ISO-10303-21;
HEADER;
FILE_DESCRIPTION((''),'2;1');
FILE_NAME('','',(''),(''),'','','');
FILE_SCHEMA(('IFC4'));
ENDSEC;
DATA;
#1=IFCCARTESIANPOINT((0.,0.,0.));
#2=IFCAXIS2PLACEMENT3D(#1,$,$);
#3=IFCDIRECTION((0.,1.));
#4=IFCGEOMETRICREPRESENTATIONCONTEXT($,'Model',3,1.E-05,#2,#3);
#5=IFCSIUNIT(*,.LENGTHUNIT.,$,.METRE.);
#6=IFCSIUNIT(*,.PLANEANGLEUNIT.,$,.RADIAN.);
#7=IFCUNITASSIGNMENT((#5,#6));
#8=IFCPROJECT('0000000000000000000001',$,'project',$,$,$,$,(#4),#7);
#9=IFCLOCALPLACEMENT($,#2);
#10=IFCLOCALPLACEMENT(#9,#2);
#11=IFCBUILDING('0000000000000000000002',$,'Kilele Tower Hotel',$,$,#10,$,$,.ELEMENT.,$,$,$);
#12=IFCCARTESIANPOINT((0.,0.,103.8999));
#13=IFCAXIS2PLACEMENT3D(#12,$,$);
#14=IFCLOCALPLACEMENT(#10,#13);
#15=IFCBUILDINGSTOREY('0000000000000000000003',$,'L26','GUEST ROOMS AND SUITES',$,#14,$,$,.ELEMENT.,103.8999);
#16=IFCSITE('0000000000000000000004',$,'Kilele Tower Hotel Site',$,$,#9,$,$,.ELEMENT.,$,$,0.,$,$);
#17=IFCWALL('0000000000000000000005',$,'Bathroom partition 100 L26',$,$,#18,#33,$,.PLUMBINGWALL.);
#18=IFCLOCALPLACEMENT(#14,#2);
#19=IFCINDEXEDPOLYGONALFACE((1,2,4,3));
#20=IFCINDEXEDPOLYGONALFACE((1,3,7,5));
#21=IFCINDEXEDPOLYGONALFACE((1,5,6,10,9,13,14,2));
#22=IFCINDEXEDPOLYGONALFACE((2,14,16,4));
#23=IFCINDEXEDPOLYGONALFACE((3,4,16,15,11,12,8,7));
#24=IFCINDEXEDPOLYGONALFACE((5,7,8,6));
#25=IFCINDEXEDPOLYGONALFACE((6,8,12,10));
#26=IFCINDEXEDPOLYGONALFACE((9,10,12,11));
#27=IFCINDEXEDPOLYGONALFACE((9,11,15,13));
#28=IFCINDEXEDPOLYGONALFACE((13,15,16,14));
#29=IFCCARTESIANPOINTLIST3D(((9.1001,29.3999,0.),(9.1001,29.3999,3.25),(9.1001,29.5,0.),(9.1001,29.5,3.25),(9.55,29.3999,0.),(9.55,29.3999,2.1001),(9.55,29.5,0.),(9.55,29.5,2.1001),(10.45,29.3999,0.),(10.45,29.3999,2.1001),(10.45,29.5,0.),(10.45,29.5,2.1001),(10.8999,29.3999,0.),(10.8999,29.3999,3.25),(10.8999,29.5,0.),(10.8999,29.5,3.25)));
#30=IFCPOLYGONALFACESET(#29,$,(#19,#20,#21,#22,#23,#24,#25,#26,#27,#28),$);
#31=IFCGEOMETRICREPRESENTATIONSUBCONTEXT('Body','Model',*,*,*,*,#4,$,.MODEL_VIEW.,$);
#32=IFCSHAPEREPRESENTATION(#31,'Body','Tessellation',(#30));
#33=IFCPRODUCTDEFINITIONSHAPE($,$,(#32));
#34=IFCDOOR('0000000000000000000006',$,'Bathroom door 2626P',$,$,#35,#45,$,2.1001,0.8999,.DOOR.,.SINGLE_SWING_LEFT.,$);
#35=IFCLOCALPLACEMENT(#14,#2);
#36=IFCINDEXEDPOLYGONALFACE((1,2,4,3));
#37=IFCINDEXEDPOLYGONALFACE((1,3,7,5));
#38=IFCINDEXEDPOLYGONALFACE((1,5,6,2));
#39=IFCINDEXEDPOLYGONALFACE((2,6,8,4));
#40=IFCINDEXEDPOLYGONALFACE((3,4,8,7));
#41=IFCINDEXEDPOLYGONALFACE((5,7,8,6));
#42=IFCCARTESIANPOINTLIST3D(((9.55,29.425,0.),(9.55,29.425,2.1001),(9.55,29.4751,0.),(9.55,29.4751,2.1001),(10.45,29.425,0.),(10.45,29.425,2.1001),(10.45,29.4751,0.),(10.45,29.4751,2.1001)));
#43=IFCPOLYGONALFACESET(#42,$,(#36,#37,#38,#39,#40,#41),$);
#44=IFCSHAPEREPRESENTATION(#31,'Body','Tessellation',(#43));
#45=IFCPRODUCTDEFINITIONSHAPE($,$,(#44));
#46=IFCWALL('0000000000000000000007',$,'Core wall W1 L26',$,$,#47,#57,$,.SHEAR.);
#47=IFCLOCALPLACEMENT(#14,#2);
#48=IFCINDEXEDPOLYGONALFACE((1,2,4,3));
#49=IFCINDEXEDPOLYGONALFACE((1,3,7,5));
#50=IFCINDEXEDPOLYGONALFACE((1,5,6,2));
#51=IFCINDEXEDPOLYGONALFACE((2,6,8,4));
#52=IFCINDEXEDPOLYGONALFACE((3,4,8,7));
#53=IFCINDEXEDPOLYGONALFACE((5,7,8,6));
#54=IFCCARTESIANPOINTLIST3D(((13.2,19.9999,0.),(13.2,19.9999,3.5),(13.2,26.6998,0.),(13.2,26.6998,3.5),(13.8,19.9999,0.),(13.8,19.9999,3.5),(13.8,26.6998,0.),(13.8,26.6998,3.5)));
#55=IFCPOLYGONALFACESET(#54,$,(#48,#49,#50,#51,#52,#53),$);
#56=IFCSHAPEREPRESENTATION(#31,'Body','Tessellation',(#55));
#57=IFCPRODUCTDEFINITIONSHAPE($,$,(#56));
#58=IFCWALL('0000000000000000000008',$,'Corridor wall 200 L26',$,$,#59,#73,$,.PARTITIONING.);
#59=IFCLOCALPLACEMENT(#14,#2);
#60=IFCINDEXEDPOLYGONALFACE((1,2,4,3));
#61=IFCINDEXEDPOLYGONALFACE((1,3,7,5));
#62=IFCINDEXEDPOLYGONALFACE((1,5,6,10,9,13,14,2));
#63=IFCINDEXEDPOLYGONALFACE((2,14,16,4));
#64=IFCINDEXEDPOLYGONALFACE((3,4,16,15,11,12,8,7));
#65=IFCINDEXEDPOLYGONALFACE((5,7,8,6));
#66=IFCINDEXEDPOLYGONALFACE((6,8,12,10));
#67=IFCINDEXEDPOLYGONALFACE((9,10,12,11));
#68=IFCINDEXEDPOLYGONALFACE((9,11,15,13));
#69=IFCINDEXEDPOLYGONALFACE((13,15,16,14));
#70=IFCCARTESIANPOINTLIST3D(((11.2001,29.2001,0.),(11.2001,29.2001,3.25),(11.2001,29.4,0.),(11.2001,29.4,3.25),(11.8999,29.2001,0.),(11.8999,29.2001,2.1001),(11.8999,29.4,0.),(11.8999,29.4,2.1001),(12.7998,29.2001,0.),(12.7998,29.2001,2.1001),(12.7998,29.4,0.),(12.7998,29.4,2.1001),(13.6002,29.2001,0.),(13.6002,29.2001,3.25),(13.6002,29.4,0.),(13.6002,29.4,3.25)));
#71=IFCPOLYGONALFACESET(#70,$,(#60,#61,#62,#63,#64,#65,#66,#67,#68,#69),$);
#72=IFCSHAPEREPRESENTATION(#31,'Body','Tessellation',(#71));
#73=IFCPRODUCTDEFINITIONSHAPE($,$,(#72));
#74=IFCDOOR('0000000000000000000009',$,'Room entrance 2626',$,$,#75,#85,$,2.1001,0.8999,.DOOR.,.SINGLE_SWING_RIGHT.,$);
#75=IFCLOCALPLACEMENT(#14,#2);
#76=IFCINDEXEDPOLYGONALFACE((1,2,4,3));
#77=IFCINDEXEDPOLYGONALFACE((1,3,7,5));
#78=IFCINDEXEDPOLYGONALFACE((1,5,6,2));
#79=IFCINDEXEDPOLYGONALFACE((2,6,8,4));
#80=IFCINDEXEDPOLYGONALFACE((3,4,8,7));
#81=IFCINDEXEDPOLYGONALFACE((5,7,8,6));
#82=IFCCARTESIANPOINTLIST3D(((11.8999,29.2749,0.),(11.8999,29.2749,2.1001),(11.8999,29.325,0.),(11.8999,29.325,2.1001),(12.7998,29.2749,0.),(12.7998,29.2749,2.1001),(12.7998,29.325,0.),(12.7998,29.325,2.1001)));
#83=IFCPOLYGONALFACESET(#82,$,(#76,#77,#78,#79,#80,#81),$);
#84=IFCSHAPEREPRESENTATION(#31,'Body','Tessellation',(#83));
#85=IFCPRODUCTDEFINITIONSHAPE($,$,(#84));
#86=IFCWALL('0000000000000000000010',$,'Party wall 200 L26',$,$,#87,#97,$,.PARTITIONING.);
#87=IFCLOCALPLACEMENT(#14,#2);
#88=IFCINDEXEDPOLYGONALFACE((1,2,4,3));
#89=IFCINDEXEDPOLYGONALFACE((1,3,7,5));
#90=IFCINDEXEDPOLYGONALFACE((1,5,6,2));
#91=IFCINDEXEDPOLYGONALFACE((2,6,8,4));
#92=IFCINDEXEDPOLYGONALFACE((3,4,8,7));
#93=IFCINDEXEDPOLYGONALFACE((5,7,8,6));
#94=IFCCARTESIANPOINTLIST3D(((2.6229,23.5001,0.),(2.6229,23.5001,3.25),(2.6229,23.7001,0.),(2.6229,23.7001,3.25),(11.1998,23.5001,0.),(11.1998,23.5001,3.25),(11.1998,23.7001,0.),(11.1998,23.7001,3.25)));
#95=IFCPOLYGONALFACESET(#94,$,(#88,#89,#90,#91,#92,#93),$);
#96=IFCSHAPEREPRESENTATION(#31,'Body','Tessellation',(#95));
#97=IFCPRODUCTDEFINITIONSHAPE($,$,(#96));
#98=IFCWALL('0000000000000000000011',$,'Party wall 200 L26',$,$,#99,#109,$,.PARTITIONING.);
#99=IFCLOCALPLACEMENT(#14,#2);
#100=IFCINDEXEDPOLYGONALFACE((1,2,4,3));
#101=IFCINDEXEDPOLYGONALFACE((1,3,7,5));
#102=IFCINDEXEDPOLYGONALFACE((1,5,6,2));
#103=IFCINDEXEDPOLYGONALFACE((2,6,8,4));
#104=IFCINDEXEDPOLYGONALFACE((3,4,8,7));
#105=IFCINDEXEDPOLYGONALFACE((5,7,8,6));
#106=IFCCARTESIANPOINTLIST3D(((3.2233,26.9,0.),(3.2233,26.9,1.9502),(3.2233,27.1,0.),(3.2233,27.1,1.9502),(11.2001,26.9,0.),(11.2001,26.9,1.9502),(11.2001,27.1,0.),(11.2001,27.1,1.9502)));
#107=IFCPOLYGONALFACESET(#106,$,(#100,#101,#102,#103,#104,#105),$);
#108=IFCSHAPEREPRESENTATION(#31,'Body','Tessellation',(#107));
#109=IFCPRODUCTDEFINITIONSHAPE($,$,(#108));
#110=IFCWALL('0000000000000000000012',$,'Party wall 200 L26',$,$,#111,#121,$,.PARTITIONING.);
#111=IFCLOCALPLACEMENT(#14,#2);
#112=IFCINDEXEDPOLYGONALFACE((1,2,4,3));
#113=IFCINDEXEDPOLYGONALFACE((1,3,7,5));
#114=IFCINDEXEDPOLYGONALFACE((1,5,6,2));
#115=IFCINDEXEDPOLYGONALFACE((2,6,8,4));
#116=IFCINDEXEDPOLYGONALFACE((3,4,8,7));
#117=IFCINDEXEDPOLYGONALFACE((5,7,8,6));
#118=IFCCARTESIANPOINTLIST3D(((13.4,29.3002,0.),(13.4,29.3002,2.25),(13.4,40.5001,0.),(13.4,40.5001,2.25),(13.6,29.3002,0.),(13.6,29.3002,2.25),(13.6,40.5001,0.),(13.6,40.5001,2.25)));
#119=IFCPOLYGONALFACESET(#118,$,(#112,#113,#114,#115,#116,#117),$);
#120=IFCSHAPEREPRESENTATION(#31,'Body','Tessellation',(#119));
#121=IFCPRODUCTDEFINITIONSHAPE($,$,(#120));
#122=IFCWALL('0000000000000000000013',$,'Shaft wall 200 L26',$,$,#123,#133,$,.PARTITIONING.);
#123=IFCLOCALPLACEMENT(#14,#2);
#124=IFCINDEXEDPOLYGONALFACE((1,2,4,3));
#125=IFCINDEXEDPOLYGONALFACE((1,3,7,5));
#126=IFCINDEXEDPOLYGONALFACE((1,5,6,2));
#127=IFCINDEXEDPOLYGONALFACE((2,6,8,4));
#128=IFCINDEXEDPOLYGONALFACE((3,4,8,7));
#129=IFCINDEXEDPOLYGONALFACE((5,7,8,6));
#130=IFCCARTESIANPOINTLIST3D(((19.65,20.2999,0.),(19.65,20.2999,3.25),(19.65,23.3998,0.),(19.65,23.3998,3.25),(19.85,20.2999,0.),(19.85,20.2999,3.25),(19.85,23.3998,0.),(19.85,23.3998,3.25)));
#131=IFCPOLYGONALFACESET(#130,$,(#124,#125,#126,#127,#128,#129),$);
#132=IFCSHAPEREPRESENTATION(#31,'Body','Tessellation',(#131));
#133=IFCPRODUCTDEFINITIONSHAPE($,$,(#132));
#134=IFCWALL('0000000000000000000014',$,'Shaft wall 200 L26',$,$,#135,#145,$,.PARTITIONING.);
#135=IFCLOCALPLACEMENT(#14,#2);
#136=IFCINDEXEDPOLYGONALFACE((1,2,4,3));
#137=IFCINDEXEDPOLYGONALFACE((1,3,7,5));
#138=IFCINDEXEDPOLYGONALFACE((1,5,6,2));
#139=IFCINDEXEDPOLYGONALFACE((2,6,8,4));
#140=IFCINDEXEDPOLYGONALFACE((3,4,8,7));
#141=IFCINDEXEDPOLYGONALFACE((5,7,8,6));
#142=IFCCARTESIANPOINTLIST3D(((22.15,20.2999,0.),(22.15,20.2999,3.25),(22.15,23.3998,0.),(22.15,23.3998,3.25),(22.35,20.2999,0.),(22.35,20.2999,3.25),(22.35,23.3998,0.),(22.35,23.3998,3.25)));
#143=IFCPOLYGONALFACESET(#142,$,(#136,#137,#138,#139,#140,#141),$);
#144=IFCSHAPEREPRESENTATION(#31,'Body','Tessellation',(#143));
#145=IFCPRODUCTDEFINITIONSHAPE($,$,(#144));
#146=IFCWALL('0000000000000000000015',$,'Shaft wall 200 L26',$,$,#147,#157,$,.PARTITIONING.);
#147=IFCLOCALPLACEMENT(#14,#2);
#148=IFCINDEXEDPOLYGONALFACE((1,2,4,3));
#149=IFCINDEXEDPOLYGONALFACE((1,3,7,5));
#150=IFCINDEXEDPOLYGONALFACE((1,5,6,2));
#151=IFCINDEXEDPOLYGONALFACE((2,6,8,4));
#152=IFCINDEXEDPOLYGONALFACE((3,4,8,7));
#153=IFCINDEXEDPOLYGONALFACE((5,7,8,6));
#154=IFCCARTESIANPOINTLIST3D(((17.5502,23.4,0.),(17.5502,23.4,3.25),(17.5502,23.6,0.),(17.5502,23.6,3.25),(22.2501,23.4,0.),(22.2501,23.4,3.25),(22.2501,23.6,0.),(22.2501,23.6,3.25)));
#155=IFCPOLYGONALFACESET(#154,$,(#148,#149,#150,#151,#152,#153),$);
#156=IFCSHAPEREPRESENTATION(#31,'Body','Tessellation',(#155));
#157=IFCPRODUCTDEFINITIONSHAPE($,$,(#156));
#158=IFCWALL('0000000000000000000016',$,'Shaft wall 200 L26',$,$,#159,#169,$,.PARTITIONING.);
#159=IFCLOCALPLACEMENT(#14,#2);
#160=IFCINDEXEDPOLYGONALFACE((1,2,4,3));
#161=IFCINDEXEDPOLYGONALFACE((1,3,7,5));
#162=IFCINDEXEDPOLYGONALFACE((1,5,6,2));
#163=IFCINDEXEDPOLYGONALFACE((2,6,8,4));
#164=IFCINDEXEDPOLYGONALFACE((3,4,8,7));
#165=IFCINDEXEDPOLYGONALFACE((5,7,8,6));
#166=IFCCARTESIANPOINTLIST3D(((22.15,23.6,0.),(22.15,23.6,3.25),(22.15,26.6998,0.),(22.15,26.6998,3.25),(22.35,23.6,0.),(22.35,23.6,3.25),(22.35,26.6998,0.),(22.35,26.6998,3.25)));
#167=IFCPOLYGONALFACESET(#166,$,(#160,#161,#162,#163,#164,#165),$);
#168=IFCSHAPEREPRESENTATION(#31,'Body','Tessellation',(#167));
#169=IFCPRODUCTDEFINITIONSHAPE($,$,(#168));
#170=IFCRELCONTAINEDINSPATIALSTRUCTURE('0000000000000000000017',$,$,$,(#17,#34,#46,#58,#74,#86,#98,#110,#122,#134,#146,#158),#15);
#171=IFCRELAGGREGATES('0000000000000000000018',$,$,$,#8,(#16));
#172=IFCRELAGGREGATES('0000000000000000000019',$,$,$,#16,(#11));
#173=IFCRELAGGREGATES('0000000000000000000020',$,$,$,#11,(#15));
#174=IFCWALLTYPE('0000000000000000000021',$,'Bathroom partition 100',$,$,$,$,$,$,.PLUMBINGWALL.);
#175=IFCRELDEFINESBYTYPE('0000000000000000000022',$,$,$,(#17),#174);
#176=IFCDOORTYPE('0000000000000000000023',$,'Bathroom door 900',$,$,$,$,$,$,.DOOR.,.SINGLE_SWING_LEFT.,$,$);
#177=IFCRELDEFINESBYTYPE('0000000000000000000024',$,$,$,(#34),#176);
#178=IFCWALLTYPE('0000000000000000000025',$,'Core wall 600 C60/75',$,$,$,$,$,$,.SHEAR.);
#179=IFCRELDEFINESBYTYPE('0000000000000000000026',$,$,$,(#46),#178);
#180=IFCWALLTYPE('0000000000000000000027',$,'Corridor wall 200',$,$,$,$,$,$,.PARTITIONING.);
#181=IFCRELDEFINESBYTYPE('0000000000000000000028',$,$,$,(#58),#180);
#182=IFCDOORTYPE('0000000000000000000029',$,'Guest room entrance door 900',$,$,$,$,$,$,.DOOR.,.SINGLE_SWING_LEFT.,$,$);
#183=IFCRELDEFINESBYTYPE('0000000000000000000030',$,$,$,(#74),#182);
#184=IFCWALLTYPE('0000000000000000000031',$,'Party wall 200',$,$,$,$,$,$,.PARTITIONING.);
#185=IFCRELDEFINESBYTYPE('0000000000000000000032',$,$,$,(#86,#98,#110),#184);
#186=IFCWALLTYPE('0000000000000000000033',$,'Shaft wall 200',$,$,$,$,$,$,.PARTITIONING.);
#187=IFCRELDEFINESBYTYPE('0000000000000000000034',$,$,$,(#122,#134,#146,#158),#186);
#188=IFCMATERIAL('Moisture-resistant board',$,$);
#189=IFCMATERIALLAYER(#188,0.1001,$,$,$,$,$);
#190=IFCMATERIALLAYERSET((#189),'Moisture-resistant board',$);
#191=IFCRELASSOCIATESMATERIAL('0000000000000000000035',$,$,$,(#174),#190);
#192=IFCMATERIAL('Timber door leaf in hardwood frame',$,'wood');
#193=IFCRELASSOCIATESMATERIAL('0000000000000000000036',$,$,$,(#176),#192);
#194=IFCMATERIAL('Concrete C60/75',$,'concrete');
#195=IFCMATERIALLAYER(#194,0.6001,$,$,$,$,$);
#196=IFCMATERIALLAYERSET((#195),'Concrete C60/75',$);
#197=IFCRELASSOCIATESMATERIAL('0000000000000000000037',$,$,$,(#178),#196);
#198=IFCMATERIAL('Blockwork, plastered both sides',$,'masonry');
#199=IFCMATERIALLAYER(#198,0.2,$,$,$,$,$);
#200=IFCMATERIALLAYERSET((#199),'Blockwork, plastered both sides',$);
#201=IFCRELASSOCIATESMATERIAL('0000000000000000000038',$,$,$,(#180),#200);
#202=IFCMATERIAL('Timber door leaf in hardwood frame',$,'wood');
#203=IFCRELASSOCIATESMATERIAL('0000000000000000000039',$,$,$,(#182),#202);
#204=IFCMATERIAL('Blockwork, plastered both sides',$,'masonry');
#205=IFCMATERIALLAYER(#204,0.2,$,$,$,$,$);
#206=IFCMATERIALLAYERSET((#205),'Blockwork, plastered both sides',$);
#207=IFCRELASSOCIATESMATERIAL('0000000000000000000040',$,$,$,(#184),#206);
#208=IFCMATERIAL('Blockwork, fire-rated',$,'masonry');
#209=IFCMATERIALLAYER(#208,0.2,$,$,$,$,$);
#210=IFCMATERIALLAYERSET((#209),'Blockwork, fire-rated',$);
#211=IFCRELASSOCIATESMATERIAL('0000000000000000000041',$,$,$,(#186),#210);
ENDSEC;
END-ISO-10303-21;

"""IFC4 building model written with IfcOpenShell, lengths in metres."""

from ifc_helpers import new_model, si_unit, direction, frame, frame_2d, origin, place, context, subcontext, project, spatial, rectangle, extrude, material, layer, layer_set, type_object, element, fill, save


model = new_model("IFC4")

# Units and contexts
model_context = context("Model", 3, precision=1e-05, world=origin(), true_north=direction((0.0, 1.0)))
body_context = subcontext(model_context, "Body", "Model", "MODEL_VIEW")
ifc_project = project(units=[si_unit("LENGTHUNIT", "METRE"), si_unit("PLANEANGLEUNIT", "RADIAN")], contexts=[model_context])

# Site, building, storey
site_placement = place(None, origin())
site = spatial("IfcSite", under=ifc_project, at=site_placement, Name="Kilele Tower Hotel Site", CompositionType="ELEMENT", RefElevation=0.0)
building_placement = place(site_placement, origin())
building = spatial("IfcBuilding", under=site, at=building_placement, Name="Kilele Tower Hotel", CompositionType="ELEMENT")
storey_placement = place(building_placement, frame((0.0, 0.0, 103.8999)))
storey = spatial("IfcBuildingStorey", under=building, at=storey_placement, Name="L26", Description="GUEST ROOMS AND SUITES", CompositionType="ELEMENT", Elevation=103.8999)

# Shared definitions
ifc_material_1 = material(Name="Moisture-resistant board")
ifc_layer_1 = layer(ifc_material_1, 0.1001)
ifc_layer_set_1 = layer_set([ifc_layer_1], Name="Moisture-resistant board")
wall_type_1 = type_object("IfcWallType", Name="Bathroom partition 100", PredefinedType="PLUMBINGWALL", material=ifc_layer_set_1)

# Shared definitions
ifc_material_2 = material(Name="Timber door leaf in hardwood frame", Category="wood")
door_type_1 = type_object("IfcDoorType", Name="Bathroom door 900", OperationType="SINGLE_SWING_LEFT", PredefinedType="DOOR", material=ifc_material_2)

# Wall, opening, door
wall_1_placement = place(storey_placement, frame((10.8999, 29.45, 0.0), z_axis=(0.0, 0.0, 1.0), x_axis=(-1.0, 0.0, 0.0)))
wall_1 = element("IfcWall", 1, at=wall_1_placement, inside=storey, type_object=wall_type_1, Name="Bathroom partition 100 L26", PredefinedType="PLUMBINGWALL", context=body_context, shape_type="SweptSolid", body=[
    extrude(rectangle(XDim=1.7998, YDim=0.1001, at=frame_2d((0.8999, 0.0))), origin(), (0.0, 0.0, 1.0), 3.25),
])
opening_1_placement = place(wall_1_placement, frame((0.45, 0.0, 0.0)))
opening_1 = element("IfcOpeningElement", 2, at=opening_1_placement, cuts=wall_1, PredefinedType="OPENING", context=body_context, shape_type="SweptSolid", body=[
    extrude(rectangle(XDim=0.8999, YDim=2.1001, at=frame_2d((0.45, 1.05))), frame((0.0, 0.0601, 0.0), z_axis=(0.0, -1.0, 0.0), x_axis=(1.0, 0.0, 0.0)), (0.0, 0.0, 1.0), 0.1201),
])
door_1_placement = place(opening_1_placement, origin())
door_1 = element("IfcDoor", 3, at=door_1_placement, inside=storey, type_object=door_type_1, Name="Bathroom door 2626P", OperationType="SINGLE_SWING_LEFT", OverallHeight=2.1001, OverallWidth=0.8999, PredefinedType="DOOR", context=body_context, shape_type="SweptSolid", body=[
    extrude(rectangle(XDim=0.8999, YDim=2.1001, at=frame_2d((0.45, 1.05))), frame((0.0, 0.0249, 0.0), z_axis=(0.0, -1.0, 0.0), x_axis=(1.0, 0.0, 0.0)), (0.0, 0.0, 1.0), 0.05),
])
fill(opening_1, door_1)

# Wall
ifc_material_3 = material(Name="Concrete C60/75", Category="concrete")
ifc_layer_2 = layer(ifc_material_3, 0.6001)
ifc_layer_set_2 = layer_set([ifc_layer_2], Name="Concrete C60/75")
wall_type_2 = type_object("IfcWallType", Name="Core wall 600 C60/75", PredefinedType="SHEAR", material=ifc_layer_set_2)
wall_2_placement = place(storey_placement, frame((13.5, 26.7, 0.0), z_axis=(0.0, 0.0, 1.0), x_axis=(0.0, -1.0, 0.0)))
element("IfcWall", 4, at=wall_2_placement, inside=storey, type_object=wall_type_2, Name="Core wall W1 L26", PredefinedType="SHEAR", context=body_context, shape_type="SweptSolid", body=[
    extrude(rectangle(XDim=6.7, YDim=0.6001, at=frame_2d((3.3501, 0.0))), origin(), (0.0, 0.0, 1.0), 3.5),
])

# Wall, opening, door
ifc_material_4 = material(Name="Blockwork, plastered both sides", Category="masonry")
ifc_layer_3 = layer(ifc_material_4, 0.2)
ifc_layer_set_3 = layer_set([ifc_layer_3], Name="Blockwork, plastered both sides")
wall_type_3 = type_object("IfcWallType", Name="Corridor wall 200", PredefinedType="PARTITIONING", material=ifc_layer_set_3)
wall_3_placement = place(storey_placement, frame((11.2, 29.3, 0.0), z_axis=(0.0, 0.0, 1.0), x_axis=(1.0, 0.0, 0.0)))
wall_3 = element("IfcWall", 5, at=wall_3_placement, inside=storey, type_object=wall_type_3, Name="Corridor wall 200 L26", PredefinedType="PARTITIONING", context=body_context, shape_type="SweptSolid", body=[
    extrude(rectangle(XDim=2.4001, YDim=0.2, at=frame_2d((1.2002, 0.0))), origin(), (0.0, 0.0, 1.0), 3.25),
])
opening_2_placement = place(wall_3_placement, frame((0.7, 0.0, 0.0)))
opening_2 = element("IfcOpeningElement", 6, at=opening_2_placement, cuts=wall_3, PredefinedType="OPENING", context=body_context, shape_type="SweptSolid", body=[
    extrude(rectangle(XDim=0.8999, YDim=2.1001, at=frame_2d((0.45, 1.05))), frame((0.0, 0.1099, 0.0), z_axis=(0.0, -1.0, 0.0), x_axis=(1.0, 0.0, 0.0)), (0.0, 0.0, 1.0), 0.22),
])
ifc_material_5 = material(Name="Timber door leaf in hardwood frame", Category="wood")
door_type_2 = type_object("IfcDoorType", Name="Guest room entrance door 900", OperationType="SINGLE_SWING_LEFT", PredefinedType="DOOR", material=ifc_material_5)
door_2_placement = place(opening_2_placement, origin())
door_2 = element("IfcDoor", 7, at=door_2_placement, inside=storey, type_object=door_type_2, Name="Room entrance 2626", OperationType="SINGLE_SWING_RIGHT", OverallHeight=2.1001, OverallWidth=0.8999, PredefinedType="DOOR", context=body_context, shape_type="SweptSolid", body=[
    extrude(rectangle(XDim=0.8999, YDim=2.1001, at=frame_2d((0.45, 1.05))), frame((0.0, 0.0249, 0.0), z_axis=(0.0, -1.0, 0.0), x_axis=(1.0, 0.0, 0.0)), (0.0, 0.0, 1.0), 0.05),
])
fill(opening_2, door_2)

# Walls
ifc_material_6 = material(Name="Blockwork, plastered both sides", Category="masonry")
ifc_layer_4 = layer(ifc_material_6, 0.2)
ifc_layer_set_4 = layer_set([ifc_layer_4], Name="Blockwork, plastered both sides")
wall_type_4 = type_object("IfcWallType", Name="Party wall 200", PredefinedType="PARTITIONING", material=ifc_layer_set_4)
wall_4_placement = place(storey_placement, frame((11.2, 23.6001, 0.0), z_axis=(0.0, 0.0, 1.0), x_axis=(-1.0, 0.0, 0.0)))
element("IfcWall", 8, at=wall_4_placement, inside=storey, type_object=wall_type_4, Name="Party wall 200 L26", PredefinedType="PARTITIONING", context=body_context, shape_type="SweptSolid", body=[
    extrude(rectangle(XDim=8.5769, YDim=0.2, at=frame_2d((4.2886, 0.0))), origin(), (0.0, 0.0, 1.0), 3.25),
])
wall_5_placement = place(storey_placement, frame((11.2, 27.0, 0.0), z_axis=(0.0, 0.0, 1.0), x_axis=(-1.0, 0.0, 0.0)))
element("IfcWall", 9, at=wall_5_placement, inside=storey, type_object=wall_type_4, Name="Party wall 200 L26", PredefinedType="PARTITIONING", context=body_context, shape_type="SweptSolid", body=[
    extrude(rectangle(XDim=7.9768, YDim=0.2, at=frame_2d((3.9883, 0.0))), origin(), (0.0, 0.0, 1.0), 1.9502),
])
wall_6_placement = place(storey_placement, frame((13.5, 29.3, 0.0), z_axis=(0.0, 0.0, 1.0), x_axis=(0.0, 1.0, 0.0)))
element("IfcWall", 10, at=wall_6_placement, inside=storey, type_object=wall_type_4, Name="Party wall 200 L26", PredefinedType="PARTITIONING", context=body_context, shape_type="SweptSolid", body=[
    extrude(rectangle(XDim=11.2, YDim=0.2, at=frame_2d((5.6001, 0.0))), origin(), (0.0, 0.0, 1.0), 2.25),
])
ifc_material_7 = material(Name="Blockwork, fire-rated", Category="masonry")
ifc_layer_5 = layer(ifc_material_7, 0.2)
ifc_layer_set_5 = layer_set([ifc_layer_5], Name="Blockwork, fire-rated")
wall_type_5 = type_object("IfcWallType", Name="Shaft wall 200", PredefinedType="PARTITIONING", material=ifc_layer_set_5)
for number, where, z_axis, x_axis, name in (
    (11, (19.75, 20.3, 0.0), (0.0, 0.0, 1.0), (0.0, 1.0, 0.0), "Shaft wall 200 L26"),
    (12, (22.25, 20.3, 0.0), (0.0, 0.0, 1.0), (0.0, 1.0, 0.0), "Shaft wall 200 L26"),
):
    element("IfcWall", number, at=place(storey_placement, frame(where, z_axis=z_axis, x_axis=x_axis)), inside=storey, type_object=wall_type_5, Name=name, PredefinedType="PARTITIONING", context=body_context, shape_type="SweptSolid", body=[
        extrude(rectangle(XDim=3.0999, YDim=0.2, at=frame_2d((1.5498, 0.0))), origin(), (0.0, 0.0, 1.0), 3.25),
    ])
wall_7_placement = place(storey_placement, frame((17.55, 23.5, 0.0), z_axis=(0.0, 0.0, 1.0), x_axis=(1.0, 0.0, 0.0)))
element("IfcWall", 13, at=wall_7_placement, inside=storey, type_object=wall_type_5, Name="Shaft wall 200 L26", PredefinedType="PARTITIONING", context=body_context, shape_type="SweptSolid", body=[
    extrude(rectangle(XDim=4.7, YDim=0.2, at=frame_2d((2.3501, 0.0))), origin(), (0.0, 0.0, 1.0), 3.25),
])
wall_8_placement = place(storey_placement, frame((22.25, 23.6001, 0.0), z_axis=(0.0, 0.0, 1.0), x_axis=(0.0, 1.0, 0.0)))
element("IfcWall", 14, at=wall_8_placement, inside=storey, type_object=wall_type_5, Name="Shaft wall 200 L26", PredefinedType="PARTITIONING", context=body_context, shape_type="SweptSolid", body=[
    extrude(rectangle(XDim=3.0999, YDim=0.2, at=frame_2d((1.5498, 0.0))), origin(), (0.0, 0.0, 1.0), 3.25),
])

save(model, "model.ifc")
